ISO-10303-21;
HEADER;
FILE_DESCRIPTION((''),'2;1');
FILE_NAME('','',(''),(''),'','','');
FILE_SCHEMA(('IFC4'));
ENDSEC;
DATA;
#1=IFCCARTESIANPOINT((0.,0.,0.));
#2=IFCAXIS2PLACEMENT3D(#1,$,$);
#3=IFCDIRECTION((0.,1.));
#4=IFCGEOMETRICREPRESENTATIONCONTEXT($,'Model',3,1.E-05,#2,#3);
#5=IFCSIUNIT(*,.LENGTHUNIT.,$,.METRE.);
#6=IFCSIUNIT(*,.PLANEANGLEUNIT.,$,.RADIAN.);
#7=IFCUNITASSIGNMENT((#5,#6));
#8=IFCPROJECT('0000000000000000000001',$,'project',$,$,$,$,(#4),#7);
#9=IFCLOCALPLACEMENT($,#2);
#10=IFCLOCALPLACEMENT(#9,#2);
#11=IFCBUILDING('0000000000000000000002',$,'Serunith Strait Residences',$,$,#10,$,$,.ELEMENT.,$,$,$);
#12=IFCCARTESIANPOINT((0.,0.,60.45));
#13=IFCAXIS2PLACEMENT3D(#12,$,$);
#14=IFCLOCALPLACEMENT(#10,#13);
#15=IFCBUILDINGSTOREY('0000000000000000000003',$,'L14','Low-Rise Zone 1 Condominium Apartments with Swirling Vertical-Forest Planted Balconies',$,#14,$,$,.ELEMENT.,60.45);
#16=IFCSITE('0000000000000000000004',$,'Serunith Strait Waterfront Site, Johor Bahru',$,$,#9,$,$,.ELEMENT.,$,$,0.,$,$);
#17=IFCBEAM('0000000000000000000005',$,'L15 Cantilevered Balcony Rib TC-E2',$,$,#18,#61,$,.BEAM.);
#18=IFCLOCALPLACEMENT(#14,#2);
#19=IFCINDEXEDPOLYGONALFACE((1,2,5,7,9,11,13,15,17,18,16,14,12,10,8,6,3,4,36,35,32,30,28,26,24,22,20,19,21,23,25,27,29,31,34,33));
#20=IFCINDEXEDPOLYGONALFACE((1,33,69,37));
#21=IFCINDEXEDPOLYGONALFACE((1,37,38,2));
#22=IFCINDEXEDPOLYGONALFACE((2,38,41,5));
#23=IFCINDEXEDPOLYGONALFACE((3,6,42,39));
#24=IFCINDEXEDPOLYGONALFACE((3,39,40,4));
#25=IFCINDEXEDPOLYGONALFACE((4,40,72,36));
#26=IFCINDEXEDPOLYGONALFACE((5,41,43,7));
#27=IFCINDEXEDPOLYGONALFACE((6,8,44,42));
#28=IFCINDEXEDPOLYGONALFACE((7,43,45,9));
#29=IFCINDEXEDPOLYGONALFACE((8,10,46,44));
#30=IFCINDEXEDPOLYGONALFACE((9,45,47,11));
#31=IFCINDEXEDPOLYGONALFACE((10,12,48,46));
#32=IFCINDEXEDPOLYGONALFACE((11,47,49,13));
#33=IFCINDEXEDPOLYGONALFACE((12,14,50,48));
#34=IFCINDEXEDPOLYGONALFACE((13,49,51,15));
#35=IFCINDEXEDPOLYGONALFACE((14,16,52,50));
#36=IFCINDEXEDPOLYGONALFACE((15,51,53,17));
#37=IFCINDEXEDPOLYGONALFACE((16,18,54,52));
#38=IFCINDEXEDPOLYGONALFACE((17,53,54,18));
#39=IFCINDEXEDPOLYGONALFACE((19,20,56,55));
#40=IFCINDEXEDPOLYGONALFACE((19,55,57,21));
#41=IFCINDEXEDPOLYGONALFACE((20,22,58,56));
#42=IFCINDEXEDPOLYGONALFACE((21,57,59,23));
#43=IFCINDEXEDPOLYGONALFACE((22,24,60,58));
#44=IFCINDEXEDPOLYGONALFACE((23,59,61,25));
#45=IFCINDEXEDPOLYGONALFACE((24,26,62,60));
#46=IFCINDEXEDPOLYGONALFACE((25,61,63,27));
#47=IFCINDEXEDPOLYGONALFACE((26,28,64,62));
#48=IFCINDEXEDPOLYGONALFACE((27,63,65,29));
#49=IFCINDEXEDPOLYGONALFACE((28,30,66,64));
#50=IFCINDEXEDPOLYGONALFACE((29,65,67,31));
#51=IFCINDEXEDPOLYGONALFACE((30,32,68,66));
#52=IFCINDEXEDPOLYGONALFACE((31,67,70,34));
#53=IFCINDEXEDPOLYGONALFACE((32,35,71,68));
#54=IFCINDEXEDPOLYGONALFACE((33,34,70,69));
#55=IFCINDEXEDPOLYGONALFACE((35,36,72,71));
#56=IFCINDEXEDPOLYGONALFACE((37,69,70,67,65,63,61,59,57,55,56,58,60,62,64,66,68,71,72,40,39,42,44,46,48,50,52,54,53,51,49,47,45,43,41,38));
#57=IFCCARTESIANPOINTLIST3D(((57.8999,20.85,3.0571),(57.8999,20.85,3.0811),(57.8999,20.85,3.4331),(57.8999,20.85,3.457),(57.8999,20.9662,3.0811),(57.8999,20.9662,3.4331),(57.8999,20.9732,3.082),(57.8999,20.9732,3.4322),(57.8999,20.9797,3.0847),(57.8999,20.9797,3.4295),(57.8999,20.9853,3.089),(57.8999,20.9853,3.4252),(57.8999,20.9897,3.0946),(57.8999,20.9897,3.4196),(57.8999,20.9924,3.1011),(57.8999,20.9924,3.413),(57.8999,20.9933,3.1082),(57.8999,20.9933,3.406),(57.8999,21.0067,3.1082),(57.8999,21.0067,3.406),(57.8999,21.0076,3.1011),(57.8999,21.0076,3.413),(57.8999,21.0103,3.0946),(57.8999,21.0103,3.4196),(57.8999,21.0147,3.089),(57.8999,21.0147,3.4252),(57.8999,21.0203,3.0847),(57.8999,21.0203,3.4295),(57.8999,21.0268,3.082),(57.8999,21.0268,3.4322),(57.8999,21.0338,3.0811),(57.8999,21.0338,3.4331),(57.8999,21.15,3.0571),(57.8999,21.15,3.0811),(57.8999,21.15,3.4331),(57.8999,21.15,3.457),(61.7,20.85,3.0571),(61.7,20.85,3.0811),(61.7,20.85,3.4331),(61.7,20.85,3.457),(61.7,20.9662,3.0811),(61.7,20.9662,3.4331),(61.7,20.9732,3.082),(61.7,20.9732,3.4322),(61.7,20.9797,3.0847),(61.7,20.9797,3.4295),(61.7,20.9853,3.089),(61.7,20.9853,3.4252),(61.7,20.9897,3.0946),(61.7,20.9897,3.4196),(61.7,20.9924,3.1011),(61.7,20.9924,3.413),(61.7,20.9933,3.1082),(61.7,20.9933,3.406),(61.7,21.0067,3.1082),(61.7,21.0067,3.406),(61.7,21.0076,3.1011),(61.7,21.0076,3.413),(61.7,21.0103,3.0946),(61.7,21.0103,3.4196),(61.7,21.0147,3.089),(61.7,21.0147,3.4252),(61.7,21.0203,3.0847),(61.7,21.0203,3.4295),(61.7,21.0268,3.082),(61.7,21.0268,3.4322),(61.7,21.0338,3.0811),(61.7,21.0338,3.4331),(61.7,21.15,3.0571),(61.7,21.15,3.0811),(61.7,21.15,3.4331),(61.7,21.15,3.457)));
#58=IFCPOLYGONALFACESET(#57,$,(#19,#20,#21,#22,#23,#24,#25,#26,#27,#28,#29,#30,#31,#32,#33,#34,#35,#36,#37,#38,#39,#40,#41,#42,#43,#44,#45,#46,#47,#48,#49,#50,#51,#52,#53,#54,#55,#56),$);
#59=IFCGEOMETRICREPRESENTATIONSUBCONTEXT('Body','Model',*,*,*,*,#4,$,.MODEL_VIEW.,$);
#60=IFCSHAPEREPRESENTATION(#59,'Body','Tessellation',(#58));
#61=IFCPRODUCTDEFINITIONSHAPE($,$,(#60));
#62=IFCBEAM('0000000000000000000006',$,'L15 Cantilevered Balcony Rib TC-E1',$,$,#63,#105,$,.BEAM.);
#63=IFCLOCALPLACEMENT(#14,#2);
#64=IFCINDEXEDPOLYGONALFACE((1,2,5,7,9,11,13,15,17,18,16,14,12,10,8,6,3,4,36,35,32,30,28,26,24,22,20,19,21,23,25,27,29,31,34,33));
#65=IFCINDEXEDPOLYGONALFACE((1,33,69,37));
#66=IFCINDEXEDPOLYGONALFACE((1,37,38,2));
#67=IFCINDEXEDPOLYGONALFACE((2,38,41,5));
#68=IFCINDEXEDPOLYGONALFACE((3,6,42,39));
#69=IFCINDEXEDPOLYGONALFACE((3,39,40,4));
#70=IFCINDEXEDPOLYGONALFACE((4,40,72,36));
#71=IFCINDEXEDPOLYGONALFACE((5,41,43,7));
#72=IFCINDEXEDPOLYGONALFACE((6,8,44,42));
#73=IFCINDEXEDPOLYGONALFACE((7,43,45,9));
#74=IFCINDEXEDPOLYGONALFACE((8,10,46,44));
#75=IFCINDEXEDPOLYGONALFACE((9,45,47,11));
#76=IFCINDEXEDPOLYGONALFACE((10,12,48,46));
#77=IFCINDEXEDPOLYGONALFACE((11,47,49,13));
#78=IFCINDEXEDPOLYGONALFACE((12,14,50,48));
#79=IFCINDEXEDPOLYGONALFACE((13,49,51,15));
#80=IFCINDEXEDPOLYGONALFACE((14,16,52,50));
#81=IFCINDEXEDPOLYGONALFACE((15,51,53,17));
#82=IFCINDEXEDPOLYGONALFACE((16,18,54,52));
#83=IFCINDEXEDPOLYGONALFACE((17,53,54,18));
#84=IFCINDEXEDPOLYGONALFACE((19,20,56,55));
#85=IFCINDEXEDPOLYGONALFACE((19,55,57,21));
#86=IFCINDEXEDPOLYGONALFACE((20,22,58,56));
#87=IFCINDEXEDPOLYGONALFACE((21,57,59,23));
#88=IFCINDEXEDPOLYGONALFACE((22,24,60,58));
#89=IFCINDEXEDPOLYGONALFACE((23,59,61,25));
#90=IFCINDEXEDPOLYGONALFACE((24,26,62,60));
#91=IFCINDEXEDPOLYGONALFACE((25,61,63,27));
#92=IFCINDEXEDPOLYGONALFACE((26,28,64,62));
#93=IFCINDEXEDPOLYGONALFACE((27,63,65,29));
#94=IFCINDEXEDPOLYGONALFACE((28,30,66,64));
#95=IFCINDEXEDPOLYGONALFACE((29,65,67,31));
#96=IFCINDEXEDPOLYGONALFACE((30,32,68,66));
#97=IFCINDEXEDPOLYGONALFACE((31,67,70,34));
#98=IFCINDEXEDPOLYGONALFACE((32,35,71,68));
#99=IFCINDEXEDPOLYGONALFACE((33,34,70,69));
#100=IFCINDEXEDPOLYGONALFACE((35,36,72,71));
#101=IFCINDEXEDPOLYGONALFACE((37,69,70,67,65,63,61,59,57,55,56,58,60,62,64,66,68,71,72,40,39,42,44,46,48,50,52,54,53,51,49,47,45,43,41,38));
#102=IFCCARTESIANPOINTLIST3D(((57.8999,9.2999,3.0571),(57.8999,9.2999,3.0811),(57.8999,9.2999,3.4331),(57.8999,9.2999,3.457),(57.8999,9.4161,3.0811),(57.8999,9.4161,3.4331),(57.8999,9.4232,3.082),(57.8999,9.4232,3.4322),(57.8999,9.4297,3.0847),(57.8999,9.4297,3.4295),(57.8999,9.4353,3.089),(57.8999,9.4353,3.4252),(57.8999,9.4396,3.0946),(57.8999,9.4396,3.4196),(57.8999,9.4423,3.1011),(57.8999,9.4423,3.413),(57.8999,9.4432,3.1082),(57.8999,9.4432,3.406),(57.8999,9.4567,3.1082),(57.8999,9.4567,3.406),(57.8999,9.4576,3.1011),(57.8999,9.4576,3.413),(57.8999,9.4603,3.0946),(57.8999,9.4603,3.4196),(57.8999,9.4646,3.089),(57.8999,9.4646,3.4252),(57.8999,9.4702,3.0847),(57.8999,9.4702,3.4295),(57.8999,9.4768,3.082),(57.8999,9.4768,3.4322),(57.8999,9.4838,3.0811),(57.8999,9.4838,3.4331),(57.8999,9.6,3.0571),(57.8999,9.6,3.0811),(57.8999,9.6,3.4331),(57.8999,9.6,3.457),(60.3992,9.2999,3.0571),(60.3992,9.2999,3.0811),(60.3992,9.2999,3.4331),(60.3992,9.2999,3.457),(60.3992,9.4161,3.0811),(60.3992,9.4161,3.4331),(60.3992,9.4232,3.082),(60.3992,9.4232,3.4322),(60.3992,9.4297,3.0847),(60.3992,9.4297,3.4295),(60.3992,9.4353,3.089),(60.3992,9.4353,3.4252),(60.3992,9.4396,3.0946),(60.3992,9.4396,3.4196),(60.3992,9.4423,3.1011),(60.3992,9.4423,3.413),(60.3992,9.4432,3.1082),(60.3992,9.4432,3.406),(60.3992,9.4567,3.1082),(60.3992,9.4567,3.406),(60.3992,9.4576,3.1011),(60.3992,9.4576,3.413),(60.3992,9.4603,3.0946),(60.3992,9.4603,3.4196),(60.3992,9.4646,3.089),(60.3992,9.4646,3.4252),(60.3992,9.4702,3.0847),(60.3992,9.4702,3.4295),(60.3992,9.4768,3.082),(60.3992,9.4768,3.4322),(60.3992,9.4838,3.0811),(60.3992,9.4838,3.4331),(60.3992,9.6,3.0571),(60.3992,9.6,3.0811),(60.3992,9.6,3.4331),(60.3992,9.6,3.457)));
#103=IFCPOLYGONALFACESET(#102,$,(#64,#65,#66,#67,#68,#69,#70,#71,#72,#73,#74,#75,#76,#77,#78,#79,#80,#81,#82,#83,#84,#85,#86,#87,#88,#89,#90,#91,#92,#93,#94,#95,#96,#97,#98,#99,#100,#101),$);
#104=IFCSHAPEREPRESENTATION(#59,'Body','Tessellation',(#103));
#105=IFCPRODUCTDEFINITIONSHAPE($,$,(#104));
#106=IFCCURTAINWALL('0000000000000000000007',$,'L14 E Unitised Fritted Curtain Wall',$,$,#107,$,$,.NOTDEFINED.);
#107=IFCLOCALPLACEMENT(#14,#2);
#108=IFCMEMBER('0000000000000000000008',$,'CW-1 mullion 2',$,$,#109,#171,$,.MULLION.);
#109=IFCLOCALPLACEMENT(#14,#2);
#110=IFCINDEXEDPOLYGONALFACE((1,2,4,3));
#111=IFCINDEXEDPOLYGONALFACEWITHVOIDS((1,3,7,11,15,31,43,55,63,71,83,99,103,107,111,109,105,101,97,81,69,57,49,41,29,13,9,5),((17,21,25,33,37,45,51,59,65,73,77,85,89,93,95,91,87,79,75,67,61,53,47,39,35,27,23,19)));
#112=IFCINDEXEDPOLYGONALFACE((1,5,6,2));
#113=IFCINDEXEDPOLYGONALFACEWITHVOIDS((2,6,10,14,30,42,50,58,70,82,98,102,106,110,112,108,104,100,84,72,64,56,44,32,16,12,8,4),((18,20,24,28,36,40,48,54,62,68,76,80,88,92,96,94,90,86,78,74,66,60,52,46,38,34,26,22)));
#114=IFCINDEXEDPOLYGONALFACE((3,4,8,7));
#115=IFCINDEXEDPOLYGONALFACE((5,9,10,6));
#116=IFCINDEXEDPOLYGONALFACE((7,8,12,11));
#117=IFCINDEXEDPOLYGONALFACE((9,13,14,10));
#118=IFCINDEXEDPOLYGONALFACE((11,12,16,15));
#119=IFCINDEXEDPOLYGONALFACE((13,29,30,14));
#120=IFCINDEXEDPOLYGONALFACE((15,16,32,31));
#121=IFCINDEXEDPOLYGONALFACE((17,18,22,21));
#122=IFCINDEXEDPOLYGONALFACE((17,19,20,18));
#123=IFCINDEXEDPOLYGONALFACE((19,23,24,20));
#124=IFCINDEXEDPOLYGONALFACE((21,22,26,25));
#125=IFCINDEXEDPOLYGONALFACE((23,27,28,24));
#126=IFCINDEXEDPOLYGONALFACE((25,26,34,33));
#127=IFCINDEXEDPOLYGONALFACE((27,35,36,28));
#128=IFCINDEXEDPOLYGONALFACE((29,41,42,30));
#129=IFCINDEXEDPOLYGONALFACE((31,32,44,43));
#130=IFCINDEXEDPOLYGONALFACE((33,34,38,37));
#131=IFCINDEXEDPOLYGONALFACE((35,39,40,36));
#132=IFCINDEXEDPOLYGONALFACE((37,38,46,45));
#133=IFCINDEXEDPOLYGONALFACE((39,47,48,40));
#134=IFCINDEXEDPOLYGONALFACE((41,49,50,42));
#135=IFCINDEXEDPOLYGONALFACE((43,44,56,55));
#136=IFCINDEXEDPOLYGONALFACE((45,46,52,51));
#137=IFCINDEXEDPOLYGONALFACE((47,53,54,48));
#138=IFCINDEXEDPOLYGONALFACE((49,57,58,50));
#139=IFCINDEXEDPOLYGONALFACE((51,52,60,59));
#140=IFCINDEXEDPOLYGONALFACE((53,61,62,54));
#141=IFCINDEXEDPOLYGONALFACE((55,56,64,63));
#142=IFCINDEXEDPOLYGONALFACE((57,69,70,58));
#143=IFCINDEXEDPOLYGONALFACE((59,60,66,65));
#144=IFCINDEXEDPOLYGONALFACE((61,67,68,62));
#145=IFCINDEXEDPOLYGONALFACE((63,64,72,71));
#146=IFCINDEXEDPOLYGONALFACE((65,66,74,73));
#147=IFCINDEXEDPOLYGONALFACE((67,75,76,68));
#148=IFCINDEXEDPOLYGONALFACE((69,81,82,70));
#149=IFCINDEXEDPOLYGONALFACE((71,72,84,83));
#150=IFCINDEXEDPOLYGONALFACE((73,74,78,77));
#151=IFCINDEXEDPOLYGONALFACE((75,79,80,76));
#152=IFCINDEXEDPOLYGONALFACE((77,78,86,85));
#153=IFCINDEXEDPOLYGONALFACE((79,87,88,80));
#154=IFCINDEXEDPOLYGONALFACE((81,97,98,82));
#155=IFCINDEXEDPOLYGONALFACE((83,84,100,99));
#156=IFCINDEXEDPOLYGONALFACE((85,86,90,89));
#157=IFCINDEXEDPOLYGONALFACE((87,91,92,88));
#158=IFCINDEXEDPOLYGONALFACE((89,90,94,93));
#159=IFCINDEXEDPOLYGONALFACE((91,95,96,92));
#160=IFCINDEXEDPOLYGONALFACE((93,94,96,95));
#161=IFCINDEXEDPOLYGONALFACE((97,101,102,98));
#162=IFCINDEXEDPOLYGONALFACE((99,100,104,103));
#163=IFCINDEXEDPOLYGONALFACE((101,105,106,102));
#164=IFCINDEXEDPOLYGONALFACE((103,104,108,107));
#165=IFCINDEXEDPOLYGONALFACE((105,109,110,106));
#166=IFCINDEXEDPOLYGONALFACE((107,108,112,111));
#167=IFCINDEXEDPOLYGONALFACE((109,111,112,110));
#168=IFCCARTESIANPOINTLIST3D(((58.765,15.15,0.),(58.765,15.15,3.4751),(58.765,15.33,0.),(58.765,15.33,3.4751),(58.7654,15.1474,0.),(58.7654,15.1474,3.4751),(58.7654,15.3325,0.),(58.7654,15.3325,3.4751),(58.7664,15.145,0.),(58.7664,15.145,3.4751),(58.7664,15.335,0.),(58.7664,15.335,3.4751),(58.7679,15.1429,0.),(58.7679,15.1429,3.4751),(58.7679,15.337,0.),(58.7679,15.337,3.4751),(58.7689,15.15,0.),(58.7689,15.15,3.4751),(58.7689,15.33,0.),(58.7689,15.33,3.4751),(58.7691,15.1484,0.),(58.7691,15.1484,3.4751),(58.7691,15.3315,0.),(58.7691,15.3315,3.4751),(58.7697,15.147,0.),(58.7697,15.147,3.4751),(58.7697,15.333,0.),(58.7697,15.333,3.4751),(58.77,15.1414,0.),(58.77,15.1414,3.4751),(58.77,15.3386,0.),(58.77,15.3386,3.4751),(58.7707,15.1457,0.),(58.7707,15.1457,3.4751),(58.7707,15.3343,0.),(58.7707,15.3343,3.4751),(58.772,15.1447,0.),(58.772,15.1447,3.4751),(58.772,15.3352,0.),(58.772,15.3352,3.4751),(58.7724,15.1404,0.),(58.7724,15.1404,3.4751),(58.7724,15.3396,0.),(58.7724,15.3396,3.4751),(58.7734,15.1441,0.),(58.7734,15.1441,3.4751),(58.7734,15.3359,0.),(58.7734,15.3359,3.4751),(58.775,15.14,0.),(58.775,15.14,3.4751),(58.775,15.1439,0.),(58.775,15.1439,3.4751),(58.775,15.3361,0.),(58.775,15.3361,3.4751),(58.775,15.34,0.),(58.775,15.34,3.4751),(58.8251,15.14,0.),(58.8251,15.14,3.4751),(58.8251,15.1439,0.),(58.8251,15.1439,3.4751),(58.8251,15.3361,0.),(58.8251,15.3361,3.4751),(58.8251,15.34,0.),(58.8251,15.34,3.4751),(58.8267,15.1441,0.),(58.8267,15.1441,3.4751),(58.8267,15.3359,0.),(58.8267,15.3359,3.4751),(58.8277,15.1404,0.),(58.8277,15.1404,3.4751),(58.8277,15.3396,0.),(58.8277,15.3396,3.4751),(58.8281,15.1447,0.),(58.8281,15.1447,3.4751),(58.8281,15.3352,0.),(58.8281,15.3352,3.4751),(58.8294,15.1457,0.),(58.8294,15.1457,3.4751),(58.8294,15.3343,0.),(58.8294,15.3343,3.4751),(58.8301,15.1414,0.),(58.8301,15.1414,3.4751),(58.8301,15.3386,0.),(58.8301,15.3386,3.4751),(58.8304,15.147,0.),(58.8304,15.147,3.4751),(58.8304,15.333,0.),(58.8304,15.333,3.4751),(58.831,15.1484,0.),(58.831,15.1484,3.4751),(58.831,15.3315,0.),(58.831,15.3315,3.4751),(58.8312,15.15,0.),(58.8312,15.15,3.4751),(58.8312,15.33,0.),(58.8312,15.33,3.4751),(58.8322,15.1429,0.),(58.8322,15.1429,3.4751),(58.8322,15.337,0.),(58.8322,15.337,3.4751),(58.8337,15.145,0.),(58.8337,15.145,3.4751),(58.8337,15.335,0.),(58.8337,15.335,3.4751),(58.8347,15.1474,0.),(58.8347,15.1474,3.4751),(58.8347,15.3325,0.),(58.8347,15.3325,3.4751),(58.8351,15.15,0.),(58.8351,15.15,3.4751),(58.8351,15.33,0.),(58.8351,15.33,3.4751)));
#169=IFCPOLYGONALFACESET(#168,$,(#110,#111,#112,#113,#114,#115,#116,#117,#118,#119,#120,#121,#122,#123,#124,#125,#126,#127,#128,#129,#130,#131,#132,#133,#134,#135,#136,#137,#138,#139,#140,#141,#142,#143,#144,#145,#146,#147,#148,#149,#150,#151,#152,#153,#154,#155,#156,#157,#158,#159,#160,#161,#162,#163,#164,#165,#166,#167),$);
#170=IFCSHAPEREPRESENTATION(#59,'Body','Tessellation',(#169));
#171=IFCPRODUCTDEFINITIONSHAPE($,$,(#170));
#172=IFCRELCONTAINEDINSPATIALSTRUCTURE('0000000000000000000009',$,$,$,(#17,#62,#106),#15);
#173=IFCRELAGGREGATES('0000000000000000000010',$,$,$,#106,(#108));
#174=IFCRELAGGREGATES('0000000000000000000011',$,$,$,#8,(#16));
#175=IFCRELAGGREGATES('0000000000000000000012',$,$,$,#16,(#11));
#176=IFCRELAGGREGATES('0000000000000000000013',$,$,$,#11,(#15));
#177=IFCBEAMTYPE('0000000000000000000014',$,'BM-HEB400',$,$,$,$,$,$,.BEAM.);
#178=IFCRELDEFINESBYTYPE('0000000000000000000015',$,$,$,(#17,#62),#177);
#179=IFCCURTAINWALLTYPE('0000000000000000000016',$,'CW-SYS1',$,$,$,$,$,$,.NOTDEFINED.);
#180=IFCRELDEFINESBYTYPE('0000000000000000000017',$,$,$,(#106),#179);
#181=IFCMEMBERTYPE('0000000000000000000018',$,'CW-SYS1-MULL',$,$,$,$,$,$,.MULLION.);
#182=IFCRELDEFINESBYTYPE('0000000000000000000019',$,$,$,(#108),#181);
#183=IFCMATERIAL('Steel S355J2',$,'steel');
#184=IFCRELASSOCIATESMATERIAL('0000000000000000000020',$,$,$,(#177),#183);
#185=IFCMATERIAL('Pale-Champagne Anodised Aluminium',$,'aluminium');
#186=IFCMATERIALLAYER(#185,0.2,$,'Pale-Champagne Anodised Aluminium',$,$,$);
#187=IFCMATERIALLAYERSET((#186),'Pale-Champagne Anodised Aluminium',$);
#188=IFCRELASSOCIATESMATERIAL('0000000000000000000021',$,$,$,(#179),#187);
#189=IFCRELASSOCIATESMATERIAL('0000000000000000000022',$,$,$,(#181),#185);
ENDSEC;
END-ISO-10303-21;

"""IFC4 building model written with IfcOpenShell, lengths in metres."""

from ifc_helpers import new_model, si_unit, direction, frame, origin, origin_2d, place, context, subcontext, project, spatial, hollow_rectangle, i_section, extrude, source, transform, mapped, material, layer, layer_set, material_profile, profile_set, type_object, element, aggregate, save


model = new_model("IFC4")

# Units and contexts
model_context = context("Model", 3, precision=1e-05, world=origin(), true_north=direction((0.0, 1.0)))
body_context = subcontext(model_context, "Body", "Model", "MODEL_VIEW")
ifc_project = project(units=[si_unit("LENGTHUNIT", "METRE"), si_unit("PLANEANGLEUNIT", "RADIAN")], contexts=[model_context])

# Site, building, storey
site_placement = place(None, origin())
site = spatial("IfcSite", under=ifc_project, at=site_placement, Name="Serunith Strait Waterfront Site, Johor Bahru", CompositionType="ELEMENT", RefElevation=0.0)
building_placement = place(site_placement, origin())
building = spatial("IfcBuilding", under=site, at=building_placement, Name="Serunith Strait Residences", CompositionType="ELEMENT")
storey_placement = place(building_placement, frame((0.0, 0.0, 60.45)))
storey = spatial("IfcBuildingStorey", under=building, at=storey_placement, Name="L14", Description="Low-Rise Zone 1 Condominium Apartments with Swirling Vertical-Forest Planted Balconies", CompositionType="ELEMENT", Elevation=60.45)

# Beams
ifc_material_1 = material(Name="Steel S355J2", Category="steel")
ifc_material_profile_1 = material_profile(ifc_material_1, i_section(OverallWidth=0.3, OverallDepth=0.3999, WebThickness=0.0134, FlangeThickness=0.0239, FilletRadius=0.0271, at=origin_2d()), Name="HEB 400")
ifc_profile_set_1 = profile_set([ifc_material_profile_1], Name="Steel S355J2")
beam_type_1 = type_object("IfcBeamType", Name="BM-HEB400", PredefinedType="BEAM", material=ifc_profile_set_1)
shared_shape_1 = source(origin(), body_context, "Body", "SweptSolid", [
    extrude(i_section(OverallWidth=0.3, OverallDepth=0.3999, WebThickness=0.0134, FlangeThickness=0.0239, FilletRadius=0.0271, at=origin_2d()), origin(), (0.0, 0.0, 1.0), 3.8),
])
beam_1_placement = place(storey_placement, frame((57.8999, 21.0, 3.2571), z_axis=(1.0, 0.0, 0.0), x_axis=(0.0, 1.0, 0.0)))
element("IfcBeam", 1, at=beam_1_placement, inside=storey, type_object=beam_type_1, Name="L15 Cantilevered Balcony Rib TC-E2", PredefinedType="BEAM", context=body_context, shape_type="MappedRepresentation", body=[
    mapped(shared_shape_1, transform((0.0, 0.0, 0.0), scale=1.0)),
])
shared_shape_2 = source(origin(), body_context, "Body", "SweptSolid", [
    extrude(i_section(OverallWidth=0.3, OverallDepth=0.3999, WebThickness=0.0134, FlangeThickness=0.0239, FilletRadius=0.0271, at=origin_2d()), origin(), (0.0, 0.0, 1.0), 2.4993),
])
beam_2_placement = place(storey_placement, frame((57.8999, 9.45, 3.2571), z_axis=(1.0, 0.0, 0.0), x_axis=(0.0, 1.0, 0.0)))
element("IfcBeam", 2, at=beam_2_placement, inside=storey, type_object=beam_type_1, Name="L15 Cantilevered Balcony Rib TC-E1", PredefinedType="BEAM", context=body_context, shape_type="MappedRepresentation", body=[
    mapped(shared_shape_2, transform((0.0, 0.0, 0.0), scale=1.0)),
])

# Curtain wall, member
ifc_material_2 = material(Name="Pale-Champagne Anodised Aluminium", Category="aluminium")
ifc_layer_1 = layer(ifc_material_2, 0.2, Name="Pale-Champagne Anodised Aluminium")
ifc_layer_set_1 = layer_set([ifc_layer_1], Name="Pale-Champagne Anodised Aluminium")
curtain_wall_type = type_object("IfcCurtainWallType", Name="CW-SYS1", PredefinedType="NOTDEFINED", material=ifc_layer_set_1)
curtain_wall_placement = place(storey_placement, origin())
curtain_wall = element("IfcCurtainWall", 3, at=curtain_wall_placement, inside=storey, type_object=curtain_wall_type, Name="L14 E Unitised Fritted Curtain Wall", PredefinedType="NOTDEFINED")
ifc_material_profile_2 = material_profile(ifc_material_2, hollow_rectangle(XDim=0.0701, YDim=0.2, WallThickness=0.0039, InnerFilletRadius=0.0061, OuterFilletRadius=0.01, at=origin_2d()), Name="ALU 200x70x4")
ifc_profile_set_2 = profile_set([ifc_material_profile_2], Name="Pale-Champagne Anodised Aluminium")
member_type_1 = type_object("IfcMemberType", Name="CW-SYS1-MULL", PredefinedType="MULLION", material=ifc_profile_set_2)
shared_shape_3 = source(origin(), body_context, "Body", "SweptSolid", [
    extrude(hollow_rectangle(XDim=0.0701, YDim=0.2, WallThickness=0.0039, InnerFilletRadius=0.0061, OuterFilletRadius=0.01, at=origin_2d()), origin(), (0.0, 0.0, 1.0), 3.4751),
])
member_1_placement = place(storey_placement, frame((58.8, 15.24, 0.0), z_axis=(0.0, 0.0, 1.0), x_axis=(-1.0, 0.0, 0.0)))
member_1 = element("IfcMember", 4, at=member_1_placement, type_object=member_type_1, Name="CW-1 mullion 2", PredefinedType="MULLION", context=body_context, shape_type="MappedRepresentation", body=[
    mapped(shared_shape_3, transform((0.0, 0.0, 0.0), scale=1.0)),
])
aggregate(curtain_wall, [member_1])

save(model, "model.ifc")
